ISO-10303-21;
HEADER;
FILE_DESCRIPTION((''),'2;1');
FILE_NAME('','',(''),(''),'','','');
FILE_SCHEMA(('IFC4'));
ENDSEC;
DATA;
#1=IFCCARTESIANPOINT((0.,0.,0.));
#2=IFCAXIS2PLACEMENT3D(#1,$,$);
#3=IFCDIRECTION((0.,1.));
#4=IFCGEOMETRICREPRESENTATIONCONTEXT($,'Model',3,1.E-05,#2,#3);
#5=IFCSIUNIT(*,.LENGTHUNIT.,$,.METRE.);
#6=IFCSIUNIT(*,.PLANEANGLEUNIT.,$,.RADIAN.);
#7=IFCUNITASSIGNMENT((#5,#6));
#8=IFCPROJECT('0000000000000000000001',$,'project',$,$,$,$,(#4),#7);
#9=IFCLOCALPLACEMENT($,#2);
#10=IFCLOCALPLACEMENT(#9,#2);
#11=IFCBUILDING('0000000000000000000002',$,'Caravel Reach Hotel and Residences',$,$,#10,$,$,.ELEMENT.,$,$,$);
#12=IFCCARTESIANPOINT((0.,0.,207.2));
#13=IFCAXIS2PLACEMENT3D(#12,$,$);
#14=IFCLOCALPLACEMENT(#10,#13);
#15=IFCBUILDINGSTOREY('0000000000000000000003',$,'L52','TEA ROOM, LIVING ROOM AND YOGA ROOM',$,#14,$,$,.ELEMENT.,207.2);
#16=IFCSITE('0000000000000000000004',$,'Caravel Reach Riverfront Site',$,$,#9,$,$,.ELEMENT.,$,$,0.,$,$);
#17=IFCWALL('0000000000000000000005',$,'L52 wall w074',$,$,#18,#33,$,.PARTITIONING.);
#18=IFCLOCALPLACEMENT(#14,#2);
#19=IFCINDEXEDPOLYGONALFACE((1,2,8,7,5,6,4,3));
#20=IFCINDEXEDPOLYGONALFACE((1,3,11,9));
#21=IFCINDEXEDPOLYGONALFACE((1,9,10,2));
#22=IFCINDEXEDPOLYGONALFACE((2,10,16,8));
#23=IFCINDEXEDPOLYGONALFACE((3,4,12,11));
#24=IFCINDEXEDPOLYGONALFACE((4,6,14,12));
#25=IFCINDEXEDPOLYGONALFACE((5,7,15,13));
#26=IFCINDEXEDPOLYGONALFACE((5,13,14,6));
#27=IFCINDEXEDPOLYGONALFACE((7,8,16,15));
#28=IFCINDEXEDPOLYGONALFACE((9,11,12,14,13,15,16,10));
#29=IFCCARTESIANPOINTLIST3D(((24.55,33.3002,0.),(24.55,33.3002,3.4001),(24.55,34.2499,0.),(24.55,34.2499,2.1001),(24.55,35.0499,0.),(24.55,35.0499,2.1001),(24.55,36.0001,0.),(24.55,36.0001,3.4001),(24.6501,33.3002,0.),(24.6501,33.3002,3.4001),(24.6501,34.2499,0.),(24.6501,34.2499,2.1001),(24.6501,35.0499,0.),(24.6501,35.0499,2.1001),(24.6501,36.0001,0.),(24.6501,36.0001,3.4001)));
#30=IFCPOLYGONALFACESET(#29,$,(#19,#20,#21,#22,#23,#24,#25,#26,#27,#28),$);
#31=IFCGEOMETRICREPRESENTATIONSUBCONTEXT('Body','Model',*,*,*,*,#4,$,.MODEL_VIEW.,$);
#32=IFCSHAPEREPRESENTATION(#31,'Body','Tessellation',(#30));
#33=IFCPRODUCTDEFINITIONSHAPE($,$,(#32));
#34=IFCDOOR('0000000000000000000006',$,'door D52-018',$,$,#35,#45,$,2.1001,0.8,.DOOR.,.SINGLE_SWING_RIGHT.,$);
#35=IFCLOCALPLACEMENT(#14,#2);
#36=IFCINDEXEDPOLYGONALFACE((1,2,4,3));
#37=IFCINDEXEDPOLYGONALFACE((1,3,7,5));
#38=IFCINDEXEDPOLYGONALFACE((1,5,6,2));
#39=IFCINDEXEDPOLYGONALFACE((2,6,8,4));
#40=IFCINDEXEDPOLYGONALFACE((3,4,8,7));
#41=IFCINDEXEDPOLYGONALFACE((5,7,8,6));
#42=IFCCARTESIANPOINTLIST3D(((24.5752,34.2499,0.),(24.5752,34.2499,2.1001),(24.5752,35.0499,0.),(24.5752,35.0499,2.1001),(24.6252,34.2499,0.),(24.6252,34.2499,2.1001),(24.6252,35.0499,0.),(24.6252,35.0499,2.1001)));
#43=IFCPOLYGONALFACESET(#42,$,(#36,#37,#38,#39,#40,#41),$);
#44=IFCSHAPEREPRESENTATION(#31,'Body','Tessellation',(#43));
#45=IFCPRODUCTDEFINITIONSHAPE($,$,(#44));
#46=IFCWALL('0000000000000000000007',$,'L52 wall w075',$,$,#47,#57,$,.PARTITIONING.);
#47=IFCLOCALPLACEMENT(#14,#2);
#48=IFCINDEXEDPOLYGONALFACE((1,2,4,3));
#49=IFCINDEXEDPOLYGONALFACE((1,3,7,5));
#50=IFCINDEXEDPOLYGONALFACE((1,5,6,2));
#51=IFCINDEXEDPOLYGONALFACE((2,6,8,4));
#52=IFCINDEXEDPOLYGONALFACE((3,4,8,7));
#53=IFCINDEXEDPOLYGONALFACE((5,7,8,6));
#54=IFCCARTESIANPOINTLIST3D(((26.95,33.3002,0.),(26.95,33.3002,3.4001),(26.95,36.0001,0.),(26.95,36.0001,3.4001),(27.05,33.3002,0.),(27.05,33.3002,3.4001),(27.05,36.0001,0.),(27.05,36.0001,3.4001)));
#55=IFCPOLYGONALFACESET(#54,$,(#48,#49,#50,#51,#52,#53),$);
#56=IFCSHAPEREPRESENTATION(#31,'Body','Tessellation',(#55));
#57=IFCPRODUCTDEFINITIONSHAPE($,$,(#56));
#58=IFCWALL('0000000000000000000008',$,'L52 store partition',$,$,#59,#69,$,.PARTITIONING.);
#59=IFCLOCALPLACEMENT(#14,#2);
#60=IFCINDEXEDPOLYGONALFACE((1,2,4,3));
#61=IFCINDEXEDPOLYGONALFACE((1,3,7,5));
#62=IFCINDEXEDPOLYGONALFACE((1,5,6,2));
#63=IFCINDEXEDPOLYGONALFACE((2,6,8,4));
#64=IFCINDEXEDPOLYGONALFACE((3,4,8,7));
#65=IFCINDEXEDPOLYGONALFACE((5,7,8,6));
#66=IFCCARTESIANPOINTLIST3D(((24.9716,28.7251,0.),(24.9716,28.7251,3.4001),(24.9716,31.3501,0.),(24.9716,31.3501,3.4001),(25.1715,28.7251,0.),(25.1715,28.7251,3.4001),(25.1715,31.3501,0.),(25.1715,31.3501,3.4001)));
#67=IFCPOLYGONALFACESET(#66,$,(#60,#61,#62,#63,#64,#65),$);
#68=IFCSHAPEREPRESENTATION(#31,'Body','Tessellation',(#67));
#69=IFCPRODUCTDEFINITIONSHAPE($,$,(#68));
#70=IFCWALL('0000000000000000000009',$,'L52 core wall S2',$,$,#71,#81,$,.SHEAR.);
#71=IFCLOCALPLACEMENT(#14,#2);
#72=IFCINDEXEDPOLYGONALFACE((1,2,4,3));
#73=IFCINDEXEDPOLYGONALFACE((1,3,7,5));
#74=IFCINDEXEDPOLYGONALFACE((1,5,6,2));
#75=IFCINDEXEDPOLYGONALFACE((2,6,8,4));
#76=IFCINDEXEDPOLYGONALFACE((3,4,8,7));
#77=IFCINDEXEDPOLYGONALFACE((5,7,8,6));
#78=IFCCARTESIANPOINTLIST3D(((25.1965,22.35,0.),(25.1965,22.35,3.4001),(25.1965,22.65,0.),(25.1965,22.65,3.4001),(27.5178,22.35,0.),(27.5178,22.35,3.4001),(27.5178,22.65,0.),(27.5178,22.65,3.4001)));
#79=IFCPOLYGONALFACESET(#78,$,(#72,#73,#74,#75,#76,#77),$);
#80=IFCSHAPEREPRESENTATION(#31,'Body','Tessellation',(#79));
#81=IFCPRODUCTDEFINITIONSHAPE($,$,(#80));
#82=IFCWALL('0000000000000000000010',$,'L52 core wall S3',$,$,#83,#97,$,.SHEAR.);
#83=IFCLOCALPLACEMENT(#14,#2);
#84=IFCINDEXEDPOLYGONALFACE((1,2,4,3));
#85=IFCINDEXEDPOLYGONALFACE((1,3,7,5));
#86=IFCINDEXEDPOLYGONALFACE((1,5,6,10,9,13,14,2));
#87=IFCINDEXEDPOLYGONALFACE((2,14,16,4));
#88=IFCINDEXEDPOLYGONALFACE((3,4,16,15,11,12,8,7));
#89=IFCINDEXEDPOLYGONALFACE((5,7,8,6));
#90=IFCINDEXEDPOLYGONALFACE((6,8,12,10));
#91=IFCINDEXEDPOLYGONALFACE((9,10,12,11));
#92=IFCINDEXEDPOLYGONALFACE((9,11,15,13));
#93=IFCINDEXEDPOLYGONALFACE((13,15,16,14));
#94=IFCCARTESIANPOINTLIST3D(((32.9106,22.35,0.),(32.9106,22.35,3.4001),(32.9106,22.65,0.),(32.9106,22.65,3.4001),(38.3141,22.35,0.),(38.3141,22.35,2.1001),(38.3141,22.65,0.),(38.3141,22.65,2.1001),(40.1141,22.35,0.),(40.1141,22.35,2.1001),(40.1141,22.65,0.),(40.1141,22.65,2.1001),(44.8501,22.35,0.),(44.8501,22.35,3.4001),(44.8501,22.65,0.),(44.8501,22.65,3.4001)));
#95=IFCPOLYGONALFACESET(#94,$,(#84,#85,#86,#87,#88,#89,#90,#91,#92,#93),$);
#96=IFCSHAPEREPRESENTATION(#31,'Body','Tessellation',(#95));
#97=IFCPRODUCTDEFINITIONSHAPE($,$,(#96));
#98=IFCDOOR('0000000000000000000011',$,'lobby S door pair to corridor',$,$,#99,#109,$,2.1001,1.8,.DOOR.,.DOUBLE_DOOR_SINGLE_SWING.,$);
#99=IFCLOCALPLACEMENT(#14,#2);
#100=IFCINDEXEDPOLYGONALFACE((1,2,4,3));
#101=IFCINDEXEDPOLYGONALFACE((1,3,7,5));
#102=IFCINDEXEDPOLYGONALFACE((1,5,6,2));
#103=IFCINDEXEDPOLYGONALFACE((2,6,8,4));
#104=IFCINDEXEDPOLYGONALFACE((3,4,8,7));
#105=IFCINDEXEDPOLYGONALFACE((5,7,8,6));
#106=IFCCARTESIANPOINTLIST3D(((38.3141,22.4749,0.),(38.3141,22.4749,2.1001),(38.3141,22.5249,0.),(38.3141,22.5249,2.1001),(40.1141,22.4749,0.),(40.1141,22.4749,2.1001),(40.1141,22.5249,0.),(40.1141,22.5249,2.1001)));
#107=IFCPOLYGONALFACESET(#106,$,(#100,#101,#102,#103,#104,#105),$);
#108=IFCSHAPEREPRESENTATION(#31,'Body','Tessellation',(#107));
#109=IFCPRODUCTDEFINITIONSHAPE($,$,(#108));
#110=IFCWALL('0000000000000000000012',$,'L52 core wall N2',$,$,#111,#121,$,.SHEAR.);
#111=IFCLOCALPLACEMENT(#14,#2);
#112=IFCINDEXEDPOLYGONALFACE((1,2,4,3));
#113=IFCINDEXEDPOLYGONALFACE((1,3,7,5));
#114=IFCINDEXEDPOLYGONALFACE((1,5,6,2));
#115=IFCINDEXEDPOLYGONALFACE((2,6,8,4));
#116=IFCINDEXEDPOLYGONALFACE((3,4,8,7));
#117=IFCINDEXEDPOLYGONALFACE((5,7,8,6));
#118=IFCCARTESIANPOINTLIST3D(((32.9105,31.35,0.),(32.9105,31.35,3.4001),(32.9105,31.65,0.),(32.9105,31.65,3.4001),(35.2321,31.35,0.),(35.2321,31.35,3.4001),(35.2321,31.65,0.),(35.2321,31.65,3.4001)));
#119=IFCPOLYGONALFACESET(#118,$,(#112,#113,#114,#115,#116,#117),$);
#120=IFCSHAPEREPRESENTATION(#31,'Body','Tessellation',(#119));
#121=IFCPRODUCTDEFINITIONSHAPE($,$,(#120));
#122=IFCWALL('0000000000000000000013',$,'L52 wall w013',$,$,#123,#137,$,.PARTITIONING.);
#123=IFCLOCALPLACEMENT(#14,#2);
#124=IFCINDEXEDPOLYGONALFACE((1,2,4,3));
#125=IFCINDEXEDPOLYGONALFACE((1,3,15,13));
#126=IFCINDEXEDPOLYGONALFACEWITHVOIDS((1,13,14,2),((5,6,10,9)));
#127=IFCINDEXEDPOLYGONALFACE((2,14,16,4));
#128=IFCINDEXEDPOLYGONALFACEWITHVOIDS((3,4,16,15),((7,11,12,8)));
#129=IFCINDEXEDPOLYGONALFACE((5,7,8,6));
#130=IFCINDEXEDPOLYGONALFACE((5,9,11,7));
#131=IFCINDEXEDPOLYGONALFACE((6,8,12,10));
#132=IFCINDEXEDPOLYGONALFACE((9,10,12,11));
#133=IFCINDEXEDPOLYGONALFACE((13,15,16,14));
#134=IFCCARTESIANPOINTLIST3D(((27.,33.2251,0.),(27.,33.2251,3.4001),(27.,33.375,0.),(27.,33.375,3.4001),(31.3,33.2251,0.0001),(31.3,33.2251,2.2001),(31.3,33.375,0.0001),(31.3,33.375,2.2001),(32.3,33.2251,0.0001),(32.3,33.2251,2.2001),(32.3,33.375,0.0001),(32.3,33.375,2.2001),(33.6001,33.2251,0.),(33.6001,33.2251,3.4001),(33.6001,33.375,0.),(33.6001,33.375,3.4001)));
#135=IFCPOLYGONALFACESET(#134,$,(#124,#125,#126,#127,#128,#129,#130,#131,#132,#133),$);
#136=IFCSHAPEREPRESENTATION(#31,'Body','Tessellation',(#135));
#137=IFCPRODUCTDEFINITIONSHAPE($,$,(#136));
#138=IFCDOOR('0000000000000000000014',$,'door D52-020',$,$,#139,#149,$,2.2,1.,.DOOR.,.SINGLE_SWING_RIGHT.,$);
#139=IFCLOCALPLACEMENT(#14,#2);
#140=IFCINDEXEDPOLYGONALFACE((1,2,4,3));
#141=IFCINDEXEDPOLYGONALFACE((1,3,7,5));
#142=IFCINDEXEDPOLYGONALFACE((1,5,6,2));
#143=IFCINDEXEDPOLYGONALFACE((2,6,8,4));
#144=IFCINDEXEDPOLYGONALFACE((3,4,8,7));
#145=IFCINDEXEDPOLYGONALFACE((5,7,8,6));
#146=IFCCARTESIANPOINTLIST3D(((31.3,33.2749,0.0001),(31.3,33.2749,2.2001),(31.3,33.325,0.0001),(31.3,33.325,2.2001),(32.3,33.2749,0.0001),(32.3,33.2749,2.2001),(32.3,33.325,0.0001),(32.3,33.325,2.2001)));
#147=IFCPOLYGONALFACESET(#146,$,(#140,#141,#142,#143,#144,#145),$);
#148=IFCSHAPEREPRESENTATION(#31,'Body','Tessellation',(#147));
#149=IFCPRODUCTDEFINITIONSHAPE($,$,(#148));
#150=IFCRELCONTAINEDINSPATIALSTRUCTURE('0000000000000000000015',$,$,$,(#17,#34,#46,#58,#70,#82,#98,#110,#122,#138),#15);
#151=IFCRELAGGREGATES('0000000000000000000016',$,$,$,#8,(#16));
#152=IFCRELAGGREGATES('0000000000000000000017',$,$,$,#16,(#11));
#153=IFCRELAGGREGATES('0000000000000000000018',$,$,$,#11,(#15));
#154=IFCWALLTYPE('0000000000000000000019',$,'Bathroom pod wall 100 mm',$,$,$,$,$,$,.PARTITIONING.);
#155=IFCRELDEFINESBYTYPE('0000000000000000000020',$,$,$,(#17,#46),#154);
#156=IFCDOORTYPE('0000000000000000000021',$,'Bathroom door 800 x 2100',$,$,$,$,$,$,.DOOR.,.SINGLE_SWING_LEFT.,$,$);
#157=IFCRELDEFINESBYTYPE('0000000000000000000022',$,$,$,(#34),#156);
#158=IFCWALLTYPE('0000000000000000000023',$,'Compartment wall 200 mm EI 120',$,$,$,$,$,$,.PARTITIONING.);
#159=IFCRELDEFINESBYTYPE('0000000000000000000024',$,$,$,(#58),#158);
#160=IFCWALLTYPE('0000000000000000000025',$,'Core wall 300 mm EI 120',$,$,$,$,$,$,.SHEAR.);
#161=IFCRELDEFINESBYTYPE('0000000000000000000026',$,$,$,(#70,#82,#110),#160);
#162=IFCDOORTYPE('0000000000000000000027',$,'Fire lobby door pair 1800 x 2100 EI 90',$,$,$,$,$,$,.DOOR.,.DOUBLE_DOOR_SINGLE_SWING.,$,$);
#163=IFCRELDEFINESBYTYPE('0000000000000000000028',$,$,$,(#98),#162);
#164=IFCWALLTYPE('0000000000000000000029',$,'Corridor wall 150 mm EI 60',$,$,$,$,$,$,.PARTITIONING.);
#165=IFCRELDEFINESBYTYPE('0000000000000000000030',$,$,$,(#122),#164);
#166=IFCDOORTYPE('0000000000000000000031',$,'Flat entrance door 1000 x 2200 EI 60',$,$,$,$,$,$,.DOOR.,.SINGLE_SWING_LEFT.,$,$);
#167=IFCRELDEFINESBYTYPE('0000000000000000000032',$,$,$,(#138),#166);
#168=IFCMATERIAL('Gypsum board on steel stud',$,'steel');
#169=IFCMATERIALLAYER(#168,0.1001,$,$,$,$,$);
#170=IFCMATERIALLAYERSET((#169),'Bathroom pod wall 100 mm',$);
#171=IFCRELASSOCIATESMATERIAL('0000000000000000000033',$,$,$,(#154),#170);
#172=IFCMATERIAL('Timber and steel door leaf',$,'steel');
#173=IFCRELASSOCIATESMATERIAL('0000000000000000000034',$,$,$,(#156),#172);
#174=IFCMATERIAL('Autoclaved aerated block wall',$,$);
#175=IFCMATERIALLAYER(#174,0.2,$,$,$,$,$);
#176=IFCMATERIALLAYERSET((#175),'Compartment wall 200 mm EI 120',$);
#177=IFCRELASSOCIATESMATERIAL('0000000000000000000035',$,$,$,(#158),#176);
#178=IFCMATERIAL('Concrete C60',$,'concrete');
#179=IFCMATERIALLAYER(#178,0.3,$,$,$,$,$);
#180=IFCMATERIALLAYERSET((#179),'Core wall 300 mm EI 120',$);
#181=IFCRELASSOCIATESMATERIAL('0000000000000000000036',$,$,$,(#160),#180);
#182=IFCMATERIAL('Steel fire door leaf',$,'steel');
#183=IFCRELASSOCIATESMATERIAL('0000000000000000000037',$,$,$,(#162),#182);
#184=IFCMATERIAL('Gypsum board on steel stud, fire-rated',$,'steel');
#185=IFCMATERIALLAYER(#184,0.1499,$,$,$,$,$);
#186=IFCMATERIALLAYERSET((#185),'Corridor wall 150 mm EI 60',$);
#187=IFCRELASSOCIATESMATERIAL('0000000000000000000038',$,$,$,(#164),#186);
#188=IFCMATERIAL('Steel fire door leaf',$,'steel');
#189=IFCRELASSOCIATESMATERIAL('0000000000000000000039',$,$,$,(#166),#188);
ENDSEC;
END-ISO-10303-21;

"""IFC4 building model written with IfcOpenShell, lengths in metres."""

from ifc_helpers import new_model, si_unit, direction, frame, frame_2d, origin, place, context, subcontext, project, spatial, rectangle, extrude, material, layer, layer_set, type_object, element, fill, save


model = new_model("IFC4")

# Units and contexts
model_context = context("Model", 3, precision=1e-05, world=origin(), true_north=direction((0.0, 1.0)))
body_context = subcontext(model_context, "Body", "Model", "MODEL_VIEW")
ifc_project = project(units=[si_unit("LENGTHUNIT", "METRE"), si_unit("PLANEANGLEUNIT", "RADIAN")], contexts=[model_context])

# Site, building, storey
site_placement = place(None, origin())
site = spatial("IfcSite", under=ifc_project, at=site_placement, Name="Caravel Reach Riverfront Site", CompositionType="ELEMENT", RefElevation=0.0)
building_placement = place(site_placement, origin())
building = spatial("IfcBuilding", under=site, at=building_placement, Name="Caravel Reach Hotel and Residences", CompositionType="ELEMENT")
storey_placement = place(building_placement, frame((0.0, 0.0, 207.2)))
storey = spatial("IfcBuildingStorey", under=building, at=storey_placement, Name="L52", Description="TEA ROOM, LIVING ROOM AND YOGA ROOM", CompositionType="ELEMENT", Elevation=207.2)

# Wall, opening, door
ifc_material_1 = material(Name="Gypsum board on steel stud", Category="steel")
ifc_layer_1 = layer(ifc_material_1, 0.1001)
ifc_layer_set_1 = layer_set([ifc_layer_1], Name="Bathroom pod wall 100 mm")
wall_type_1 = type_object("IfcWallType", Name="Bathroom pod wall 100 mm", PredefinedType="PARTITIONING", material=ifc_layer_set_1)
wall_1_placement = place(storey_placement, frame((24.6001, 33.3, 0.0), z_axis=(0.0, 0.0, 1.0), x_axis=(0.0, 1.0, 0.0)))
wall_1 = element("IfcWall", 1, at=wall_1_placement, inside=storey, type_object=wall_type_1, Name="L52 wall w074", PredefinedType="PARTITIONING", context=body_context, shape_type="SweptSolid", body=[
    extrude(rectangle(XDim=2.7, YDim=0.1001, at=frame_2d((1.3501, 0.0))), origin(), (0.0, 0.0, 1.0), 3.4001),
])
opening_1_placement = place(wall_1_placement, frame((0.95, 0.0, 0.0)))
opening_1 = element("IfcOpeningElement", 2, at=opening_1_placement, cuts=wall_1, PredefinedType="OPENING", context=body_context, shape_type="SweptSolid", body=[
    extrude(rectangle(XDim=0.8, YDim=2.1001, at=frame_2d((0.3999, 1.05))), frame((0.0, 0.0601, 0.0), z_axis=(0.0, -1.0, 0.0), x_axis=(1.0, 0.0, 0.0)), (0.0, 0.0, 1.0), 0.1201),
])
ifc_material_2 = material(Name="Timber and steel door leaf", Category="steel")
door_type_1 = type_object("IfcDoorType", Name="Bathroom door 800 x 2100", OperationType="SINGLE_SWING_LEFT", PredefinedType="DOOR", material=ifc_material_2)
door_1_placement = place(opening_1_placement, origin())
door_1 = element("IfcDoor", 3, at=door_1_placement, inside=storey, type_object=door_type_1, Name="door D52-018", OperationType="SINGLE_SWING_RIGHT", OverallHeight=2.1001, OverallWidth=0.8, PredefinedType="DOOR", context=body_context, shape_type="SweptSolid", body=[
    extrude(rectangle(XDim=0.8, YDim=2.1001, at=frame_2d((0.3999, 1.05))), frame((0.0, 0.0249, 0.0), z_axis=(0.0, -1.0, 0.0), x_axis=(1.0, 0.0, 0.0)), (0.0, 0.0, 1.0), 0.05),
])
fill(opening_1, door_1)

# Walls
wall_2_placement = place(storey_placement, frame((27.0, 33.3, 0.0), z_axis=(0.0, 0.0, 1.0), x_axis=(0.0, 1.0, 0.0)))
element("IfcWall", 4, at=wall_2_placement, inside=storey, type_object=wall_type_1, Name="L52 wall w075", PredefinedType="PARTITIONING", context=body_context, shape_type="SweptSolid", body=[
    extrude(rectangle(XDim=2.7, YDim=0.1001, at=frame_2d((1.3501, 0.0))), origin(), (0.0, 0.0, 1.0), 3.4001),
])
ifc_material_3 = material(Name="Autoclaved aerated block wall")
ifc_layer_2 = layer(ifc_material_3, 0.2)
ifc_layer_set_2 = layer_set([ifc_layer_2], Name="Compartment wall 200 mm EI 120")
wall_type_2 = type_object("IfcWallType", Name="Compartment wall 200 mm EI 120", PredefinedType="PARTITIONING", material=ifc_layer_set_2)
wall_3_placement = place(storey_placement, frame((25.0715, 28.7251, 0.0), z_axis=(0.0, 0.0, 1.0), x_axis=(0.0, 1.0, 0.0)))
element("IfcWall", 5, at=wall_3_placement, inside=storey, type_object=wall_type_2, Name="L52 store partition", PredefinedType="PARTITIONING", context=body_context, shape_type="SweptSolid", body=[
    extrude(rectangle(XDim=2.625, YDim=0.2, at=frame_2d((1.3125, 0.0))), origin(), (0.0, 0.0, 1.0), 3.4001),
])
ifc_material_4 = material(Name="Concrete C60", Category="concrete")
ifc_layer_3 = layer(ifc_material_4, 0.3)
ifc_layer_set_3 = layer_set([ifc_layer_3], Name="Core wall 300 mm EI 120")
wall_type_3 = type_object("IfcWallType", Name="Core wall 300 mm EI 120", PredefinedType="SHEAR", material=ifc_layer_set_3)
wall_4_placement = place(storey_placement, frame((25.1965, 22.5, 0.0), z_axis=(0.0, 0.0, 1.0), x_axis=(1.0, 0.0, 0.0)))
element("IfcWall", 6, at=wall_4_placement, inside=storey, type_object=wall_type_3, Name="L52 core wall S2", PredefinedType="SHEAR", context=body_context, shape_type="SweptSolid", body=[
    extrude(rectangle(XDim=2.3213, YDim=0.3, at=frame_2d((1.1606, 0.0))), origin(), (0.0, 0.0, 1.0), 3.4001),
])

# Wall, opening, door
wall_5_placement = place(storey_placement, frame((32.9106, 22.5, 0.0), z_axis=(0.0, 0.0, 1.0), x_axis=(1.0, 0.0, 0.0)))
wall_5 = element("IfcWall", 7, at=wall_5_placement, inside=storey, type_object=wall_type_3, Name="L52 core wall S3", PredefinedType="SHEAR", context=body_context, shape_type="SweptSolid", body=[
    extrude(rectangle(XDim=11.9395, YDim=0.3, at=frame_2d((5.9697, 0.0))), origin(), (0.0, 0.0, 1.0), 3.4001),
])
opening_2_placement = place(wall_5_placement, frame((5.4036, 0.0, 0.0)))
opening_2 = element("IfcOpeningElement", 8, at=opening_2_placement, cuts=wall_5, PredefinedType="OPENING", context=body_context, shape_type="SweptSolid", body=[
    extrude(rectangle(XDim=1.8, YDim=2.1001, at=frame_2d((0.8999, 1.05))), frame((0.0, 0.1599, 0.0), z_axis=(0.0, -1.0, 0.0), x_axis=(1.0, 0.0, 0.0)), (0.0, 0.0, 1.0), 0.3201),
])
ifc_material_5 = material(Name="Steel fire door leaf", Category="steel")
door_type_2 = type_object("IfcDoorType", Name="Fire lobby door pair 1800 x 2100 EI 90", OperationType="DOUBLE_DOOR_SINGLE_SWING", PredefinedType="DOOR", material=ifc_material_5)
door_2_placement = place(opening_2_placement, origin())
door_2 = element("IfcDoor", 9, at=door_2_placement, inside=storey, type_object=door_type_2, Name="lobby S door pair to corridor", OperationType="DOUBLE_DOOR_SINGLE_SWING", OverallHeight=2.1001, OverallWidth=1.8, PredefinedType="DOOR", context=body_context, shape_type="SweptSolid", body=[
    extrude(rectangle(XDim=1.8, YDim=2.1001, at=frame_2d((0.8999, 1.05))), frame((0.0, 0.0249, 0.0), z_axis=(0.0, -1.0, 0.0), x_axis=(1.0, 0.0, 0.0)), (0.0, 0.0, 1.0), 0.05),
])
fill(opening_2, door_2)

# Wall
wall_6_placement = place(storey_placement, frame((32.9106, 31.5, 0.0), z_axis=(0.0, 0.0, 1.0), x_axis=(1.0, 0.0, 0.0)))
element("IfcWall", 10, at=wall_6_placement, inside=storey, type_object=wall_type_3, Name="L52 core wall N2", PredefinedType="SHEAR", context=body_context, shape_type="SweptSolid", body=[
    extrude(rectangle(XDim=2.3215, YDim=0.3, at=frame_2d((1.1606, 0.0))), origin(), (0.0, 0.0, 1.0), 3.4001),
])

# Wall, opening, door
ifc_material_6 = material(Name="Gypsum board on steel stud, fire-rated", Category="steel")
ifc_layer_4 = layer(ifc_material_6, 0.1499)
ifc_layer_set_4 = layer_set([ifc_layer_4], Name="Corridor wall 150 mm EI 60")
wall_type_4 = type_object("IfcWallType", Name="Corridor wall 150 mm EI 60", PredefinedType="PARTITIONING", material=ifc_layer_set_4)
wall_7_placement = place(storey_placement, frame((27.0, 33.3, 0.0), z_axis=(0.0, 0.0, 1.0), x_axis=(1.0, 0.0, 0.0)))
wall_7 = element("IfcWall", 11, at=wall_7_placement, inside=storey, type_object=wall_type_4, Name="L52 wall w013", PredefinedType="PARTITIONING", context=body_context, shape_type="SweptSolid", body=[
    extrude(rectangle(XDim=6.6001, YDim=0.1499, at=frame_2d((3.3, 0.0))), origin(), (0.0, 0.0, 1.0), 3.4001),
])
opening_3_placement = place(wall_7_placement, frame((4.3, 0.0, 0.0)))
opening_3 = element("IfcOpeningElement", 12, at=opening_3_placement, cuts=wall_7, PredefinedType="OPENING", context=body_context, shape_type="SweptSolid", body=[
    extrude(rectangle(XDim=1.0, YDim=2.2, at=frame_2d((0.5, 1.1001))), frame((0.0, 0.085, 0.0), z_axis=(0.0, -1.0, 0.0), x_axis=(1.0, 0.0, 0.0)), (0.0, 0.0, 1.0), 0.1699),
])
ifc_material_7 = material(Name="Steel fire door leaf", Category="steel")
door_type_3 = type_object("IfcDoorType", Name="Flat entrance door 1000 x 2200 EI 60", OperationType="SINGLE_SWING_LEFT", PredefinedType="DOOR", material=ifc_material_7)
door_3_placement = place(opening_3_placement, origin())
door_3 = element("IfcDoor", 13, at=door_3_placement, inside=storey, type_object=door_type_3, Name="door D52-020", OperationType="SINGLE_SWING_RIGHT", OverallHeight=2.2, OverallWidth=1.0, PredefinedType="DOOR", context=body_context, shape_type="SweptSolid", body=[
    extrude(rectangle(XDim=1.0, YDim=2.2, at=frame_2d((0.5, 1.1001))), frame((0.0, 0.0249, 0.0), z_axis=(0.0, -1.0, 0.0), x_axis=(1.0, 0.0, 0.0)), (0.0, 0.0, 1.0), 0.05),
])
fill(opening_3, door_3)

save(model, "model.ifc")
